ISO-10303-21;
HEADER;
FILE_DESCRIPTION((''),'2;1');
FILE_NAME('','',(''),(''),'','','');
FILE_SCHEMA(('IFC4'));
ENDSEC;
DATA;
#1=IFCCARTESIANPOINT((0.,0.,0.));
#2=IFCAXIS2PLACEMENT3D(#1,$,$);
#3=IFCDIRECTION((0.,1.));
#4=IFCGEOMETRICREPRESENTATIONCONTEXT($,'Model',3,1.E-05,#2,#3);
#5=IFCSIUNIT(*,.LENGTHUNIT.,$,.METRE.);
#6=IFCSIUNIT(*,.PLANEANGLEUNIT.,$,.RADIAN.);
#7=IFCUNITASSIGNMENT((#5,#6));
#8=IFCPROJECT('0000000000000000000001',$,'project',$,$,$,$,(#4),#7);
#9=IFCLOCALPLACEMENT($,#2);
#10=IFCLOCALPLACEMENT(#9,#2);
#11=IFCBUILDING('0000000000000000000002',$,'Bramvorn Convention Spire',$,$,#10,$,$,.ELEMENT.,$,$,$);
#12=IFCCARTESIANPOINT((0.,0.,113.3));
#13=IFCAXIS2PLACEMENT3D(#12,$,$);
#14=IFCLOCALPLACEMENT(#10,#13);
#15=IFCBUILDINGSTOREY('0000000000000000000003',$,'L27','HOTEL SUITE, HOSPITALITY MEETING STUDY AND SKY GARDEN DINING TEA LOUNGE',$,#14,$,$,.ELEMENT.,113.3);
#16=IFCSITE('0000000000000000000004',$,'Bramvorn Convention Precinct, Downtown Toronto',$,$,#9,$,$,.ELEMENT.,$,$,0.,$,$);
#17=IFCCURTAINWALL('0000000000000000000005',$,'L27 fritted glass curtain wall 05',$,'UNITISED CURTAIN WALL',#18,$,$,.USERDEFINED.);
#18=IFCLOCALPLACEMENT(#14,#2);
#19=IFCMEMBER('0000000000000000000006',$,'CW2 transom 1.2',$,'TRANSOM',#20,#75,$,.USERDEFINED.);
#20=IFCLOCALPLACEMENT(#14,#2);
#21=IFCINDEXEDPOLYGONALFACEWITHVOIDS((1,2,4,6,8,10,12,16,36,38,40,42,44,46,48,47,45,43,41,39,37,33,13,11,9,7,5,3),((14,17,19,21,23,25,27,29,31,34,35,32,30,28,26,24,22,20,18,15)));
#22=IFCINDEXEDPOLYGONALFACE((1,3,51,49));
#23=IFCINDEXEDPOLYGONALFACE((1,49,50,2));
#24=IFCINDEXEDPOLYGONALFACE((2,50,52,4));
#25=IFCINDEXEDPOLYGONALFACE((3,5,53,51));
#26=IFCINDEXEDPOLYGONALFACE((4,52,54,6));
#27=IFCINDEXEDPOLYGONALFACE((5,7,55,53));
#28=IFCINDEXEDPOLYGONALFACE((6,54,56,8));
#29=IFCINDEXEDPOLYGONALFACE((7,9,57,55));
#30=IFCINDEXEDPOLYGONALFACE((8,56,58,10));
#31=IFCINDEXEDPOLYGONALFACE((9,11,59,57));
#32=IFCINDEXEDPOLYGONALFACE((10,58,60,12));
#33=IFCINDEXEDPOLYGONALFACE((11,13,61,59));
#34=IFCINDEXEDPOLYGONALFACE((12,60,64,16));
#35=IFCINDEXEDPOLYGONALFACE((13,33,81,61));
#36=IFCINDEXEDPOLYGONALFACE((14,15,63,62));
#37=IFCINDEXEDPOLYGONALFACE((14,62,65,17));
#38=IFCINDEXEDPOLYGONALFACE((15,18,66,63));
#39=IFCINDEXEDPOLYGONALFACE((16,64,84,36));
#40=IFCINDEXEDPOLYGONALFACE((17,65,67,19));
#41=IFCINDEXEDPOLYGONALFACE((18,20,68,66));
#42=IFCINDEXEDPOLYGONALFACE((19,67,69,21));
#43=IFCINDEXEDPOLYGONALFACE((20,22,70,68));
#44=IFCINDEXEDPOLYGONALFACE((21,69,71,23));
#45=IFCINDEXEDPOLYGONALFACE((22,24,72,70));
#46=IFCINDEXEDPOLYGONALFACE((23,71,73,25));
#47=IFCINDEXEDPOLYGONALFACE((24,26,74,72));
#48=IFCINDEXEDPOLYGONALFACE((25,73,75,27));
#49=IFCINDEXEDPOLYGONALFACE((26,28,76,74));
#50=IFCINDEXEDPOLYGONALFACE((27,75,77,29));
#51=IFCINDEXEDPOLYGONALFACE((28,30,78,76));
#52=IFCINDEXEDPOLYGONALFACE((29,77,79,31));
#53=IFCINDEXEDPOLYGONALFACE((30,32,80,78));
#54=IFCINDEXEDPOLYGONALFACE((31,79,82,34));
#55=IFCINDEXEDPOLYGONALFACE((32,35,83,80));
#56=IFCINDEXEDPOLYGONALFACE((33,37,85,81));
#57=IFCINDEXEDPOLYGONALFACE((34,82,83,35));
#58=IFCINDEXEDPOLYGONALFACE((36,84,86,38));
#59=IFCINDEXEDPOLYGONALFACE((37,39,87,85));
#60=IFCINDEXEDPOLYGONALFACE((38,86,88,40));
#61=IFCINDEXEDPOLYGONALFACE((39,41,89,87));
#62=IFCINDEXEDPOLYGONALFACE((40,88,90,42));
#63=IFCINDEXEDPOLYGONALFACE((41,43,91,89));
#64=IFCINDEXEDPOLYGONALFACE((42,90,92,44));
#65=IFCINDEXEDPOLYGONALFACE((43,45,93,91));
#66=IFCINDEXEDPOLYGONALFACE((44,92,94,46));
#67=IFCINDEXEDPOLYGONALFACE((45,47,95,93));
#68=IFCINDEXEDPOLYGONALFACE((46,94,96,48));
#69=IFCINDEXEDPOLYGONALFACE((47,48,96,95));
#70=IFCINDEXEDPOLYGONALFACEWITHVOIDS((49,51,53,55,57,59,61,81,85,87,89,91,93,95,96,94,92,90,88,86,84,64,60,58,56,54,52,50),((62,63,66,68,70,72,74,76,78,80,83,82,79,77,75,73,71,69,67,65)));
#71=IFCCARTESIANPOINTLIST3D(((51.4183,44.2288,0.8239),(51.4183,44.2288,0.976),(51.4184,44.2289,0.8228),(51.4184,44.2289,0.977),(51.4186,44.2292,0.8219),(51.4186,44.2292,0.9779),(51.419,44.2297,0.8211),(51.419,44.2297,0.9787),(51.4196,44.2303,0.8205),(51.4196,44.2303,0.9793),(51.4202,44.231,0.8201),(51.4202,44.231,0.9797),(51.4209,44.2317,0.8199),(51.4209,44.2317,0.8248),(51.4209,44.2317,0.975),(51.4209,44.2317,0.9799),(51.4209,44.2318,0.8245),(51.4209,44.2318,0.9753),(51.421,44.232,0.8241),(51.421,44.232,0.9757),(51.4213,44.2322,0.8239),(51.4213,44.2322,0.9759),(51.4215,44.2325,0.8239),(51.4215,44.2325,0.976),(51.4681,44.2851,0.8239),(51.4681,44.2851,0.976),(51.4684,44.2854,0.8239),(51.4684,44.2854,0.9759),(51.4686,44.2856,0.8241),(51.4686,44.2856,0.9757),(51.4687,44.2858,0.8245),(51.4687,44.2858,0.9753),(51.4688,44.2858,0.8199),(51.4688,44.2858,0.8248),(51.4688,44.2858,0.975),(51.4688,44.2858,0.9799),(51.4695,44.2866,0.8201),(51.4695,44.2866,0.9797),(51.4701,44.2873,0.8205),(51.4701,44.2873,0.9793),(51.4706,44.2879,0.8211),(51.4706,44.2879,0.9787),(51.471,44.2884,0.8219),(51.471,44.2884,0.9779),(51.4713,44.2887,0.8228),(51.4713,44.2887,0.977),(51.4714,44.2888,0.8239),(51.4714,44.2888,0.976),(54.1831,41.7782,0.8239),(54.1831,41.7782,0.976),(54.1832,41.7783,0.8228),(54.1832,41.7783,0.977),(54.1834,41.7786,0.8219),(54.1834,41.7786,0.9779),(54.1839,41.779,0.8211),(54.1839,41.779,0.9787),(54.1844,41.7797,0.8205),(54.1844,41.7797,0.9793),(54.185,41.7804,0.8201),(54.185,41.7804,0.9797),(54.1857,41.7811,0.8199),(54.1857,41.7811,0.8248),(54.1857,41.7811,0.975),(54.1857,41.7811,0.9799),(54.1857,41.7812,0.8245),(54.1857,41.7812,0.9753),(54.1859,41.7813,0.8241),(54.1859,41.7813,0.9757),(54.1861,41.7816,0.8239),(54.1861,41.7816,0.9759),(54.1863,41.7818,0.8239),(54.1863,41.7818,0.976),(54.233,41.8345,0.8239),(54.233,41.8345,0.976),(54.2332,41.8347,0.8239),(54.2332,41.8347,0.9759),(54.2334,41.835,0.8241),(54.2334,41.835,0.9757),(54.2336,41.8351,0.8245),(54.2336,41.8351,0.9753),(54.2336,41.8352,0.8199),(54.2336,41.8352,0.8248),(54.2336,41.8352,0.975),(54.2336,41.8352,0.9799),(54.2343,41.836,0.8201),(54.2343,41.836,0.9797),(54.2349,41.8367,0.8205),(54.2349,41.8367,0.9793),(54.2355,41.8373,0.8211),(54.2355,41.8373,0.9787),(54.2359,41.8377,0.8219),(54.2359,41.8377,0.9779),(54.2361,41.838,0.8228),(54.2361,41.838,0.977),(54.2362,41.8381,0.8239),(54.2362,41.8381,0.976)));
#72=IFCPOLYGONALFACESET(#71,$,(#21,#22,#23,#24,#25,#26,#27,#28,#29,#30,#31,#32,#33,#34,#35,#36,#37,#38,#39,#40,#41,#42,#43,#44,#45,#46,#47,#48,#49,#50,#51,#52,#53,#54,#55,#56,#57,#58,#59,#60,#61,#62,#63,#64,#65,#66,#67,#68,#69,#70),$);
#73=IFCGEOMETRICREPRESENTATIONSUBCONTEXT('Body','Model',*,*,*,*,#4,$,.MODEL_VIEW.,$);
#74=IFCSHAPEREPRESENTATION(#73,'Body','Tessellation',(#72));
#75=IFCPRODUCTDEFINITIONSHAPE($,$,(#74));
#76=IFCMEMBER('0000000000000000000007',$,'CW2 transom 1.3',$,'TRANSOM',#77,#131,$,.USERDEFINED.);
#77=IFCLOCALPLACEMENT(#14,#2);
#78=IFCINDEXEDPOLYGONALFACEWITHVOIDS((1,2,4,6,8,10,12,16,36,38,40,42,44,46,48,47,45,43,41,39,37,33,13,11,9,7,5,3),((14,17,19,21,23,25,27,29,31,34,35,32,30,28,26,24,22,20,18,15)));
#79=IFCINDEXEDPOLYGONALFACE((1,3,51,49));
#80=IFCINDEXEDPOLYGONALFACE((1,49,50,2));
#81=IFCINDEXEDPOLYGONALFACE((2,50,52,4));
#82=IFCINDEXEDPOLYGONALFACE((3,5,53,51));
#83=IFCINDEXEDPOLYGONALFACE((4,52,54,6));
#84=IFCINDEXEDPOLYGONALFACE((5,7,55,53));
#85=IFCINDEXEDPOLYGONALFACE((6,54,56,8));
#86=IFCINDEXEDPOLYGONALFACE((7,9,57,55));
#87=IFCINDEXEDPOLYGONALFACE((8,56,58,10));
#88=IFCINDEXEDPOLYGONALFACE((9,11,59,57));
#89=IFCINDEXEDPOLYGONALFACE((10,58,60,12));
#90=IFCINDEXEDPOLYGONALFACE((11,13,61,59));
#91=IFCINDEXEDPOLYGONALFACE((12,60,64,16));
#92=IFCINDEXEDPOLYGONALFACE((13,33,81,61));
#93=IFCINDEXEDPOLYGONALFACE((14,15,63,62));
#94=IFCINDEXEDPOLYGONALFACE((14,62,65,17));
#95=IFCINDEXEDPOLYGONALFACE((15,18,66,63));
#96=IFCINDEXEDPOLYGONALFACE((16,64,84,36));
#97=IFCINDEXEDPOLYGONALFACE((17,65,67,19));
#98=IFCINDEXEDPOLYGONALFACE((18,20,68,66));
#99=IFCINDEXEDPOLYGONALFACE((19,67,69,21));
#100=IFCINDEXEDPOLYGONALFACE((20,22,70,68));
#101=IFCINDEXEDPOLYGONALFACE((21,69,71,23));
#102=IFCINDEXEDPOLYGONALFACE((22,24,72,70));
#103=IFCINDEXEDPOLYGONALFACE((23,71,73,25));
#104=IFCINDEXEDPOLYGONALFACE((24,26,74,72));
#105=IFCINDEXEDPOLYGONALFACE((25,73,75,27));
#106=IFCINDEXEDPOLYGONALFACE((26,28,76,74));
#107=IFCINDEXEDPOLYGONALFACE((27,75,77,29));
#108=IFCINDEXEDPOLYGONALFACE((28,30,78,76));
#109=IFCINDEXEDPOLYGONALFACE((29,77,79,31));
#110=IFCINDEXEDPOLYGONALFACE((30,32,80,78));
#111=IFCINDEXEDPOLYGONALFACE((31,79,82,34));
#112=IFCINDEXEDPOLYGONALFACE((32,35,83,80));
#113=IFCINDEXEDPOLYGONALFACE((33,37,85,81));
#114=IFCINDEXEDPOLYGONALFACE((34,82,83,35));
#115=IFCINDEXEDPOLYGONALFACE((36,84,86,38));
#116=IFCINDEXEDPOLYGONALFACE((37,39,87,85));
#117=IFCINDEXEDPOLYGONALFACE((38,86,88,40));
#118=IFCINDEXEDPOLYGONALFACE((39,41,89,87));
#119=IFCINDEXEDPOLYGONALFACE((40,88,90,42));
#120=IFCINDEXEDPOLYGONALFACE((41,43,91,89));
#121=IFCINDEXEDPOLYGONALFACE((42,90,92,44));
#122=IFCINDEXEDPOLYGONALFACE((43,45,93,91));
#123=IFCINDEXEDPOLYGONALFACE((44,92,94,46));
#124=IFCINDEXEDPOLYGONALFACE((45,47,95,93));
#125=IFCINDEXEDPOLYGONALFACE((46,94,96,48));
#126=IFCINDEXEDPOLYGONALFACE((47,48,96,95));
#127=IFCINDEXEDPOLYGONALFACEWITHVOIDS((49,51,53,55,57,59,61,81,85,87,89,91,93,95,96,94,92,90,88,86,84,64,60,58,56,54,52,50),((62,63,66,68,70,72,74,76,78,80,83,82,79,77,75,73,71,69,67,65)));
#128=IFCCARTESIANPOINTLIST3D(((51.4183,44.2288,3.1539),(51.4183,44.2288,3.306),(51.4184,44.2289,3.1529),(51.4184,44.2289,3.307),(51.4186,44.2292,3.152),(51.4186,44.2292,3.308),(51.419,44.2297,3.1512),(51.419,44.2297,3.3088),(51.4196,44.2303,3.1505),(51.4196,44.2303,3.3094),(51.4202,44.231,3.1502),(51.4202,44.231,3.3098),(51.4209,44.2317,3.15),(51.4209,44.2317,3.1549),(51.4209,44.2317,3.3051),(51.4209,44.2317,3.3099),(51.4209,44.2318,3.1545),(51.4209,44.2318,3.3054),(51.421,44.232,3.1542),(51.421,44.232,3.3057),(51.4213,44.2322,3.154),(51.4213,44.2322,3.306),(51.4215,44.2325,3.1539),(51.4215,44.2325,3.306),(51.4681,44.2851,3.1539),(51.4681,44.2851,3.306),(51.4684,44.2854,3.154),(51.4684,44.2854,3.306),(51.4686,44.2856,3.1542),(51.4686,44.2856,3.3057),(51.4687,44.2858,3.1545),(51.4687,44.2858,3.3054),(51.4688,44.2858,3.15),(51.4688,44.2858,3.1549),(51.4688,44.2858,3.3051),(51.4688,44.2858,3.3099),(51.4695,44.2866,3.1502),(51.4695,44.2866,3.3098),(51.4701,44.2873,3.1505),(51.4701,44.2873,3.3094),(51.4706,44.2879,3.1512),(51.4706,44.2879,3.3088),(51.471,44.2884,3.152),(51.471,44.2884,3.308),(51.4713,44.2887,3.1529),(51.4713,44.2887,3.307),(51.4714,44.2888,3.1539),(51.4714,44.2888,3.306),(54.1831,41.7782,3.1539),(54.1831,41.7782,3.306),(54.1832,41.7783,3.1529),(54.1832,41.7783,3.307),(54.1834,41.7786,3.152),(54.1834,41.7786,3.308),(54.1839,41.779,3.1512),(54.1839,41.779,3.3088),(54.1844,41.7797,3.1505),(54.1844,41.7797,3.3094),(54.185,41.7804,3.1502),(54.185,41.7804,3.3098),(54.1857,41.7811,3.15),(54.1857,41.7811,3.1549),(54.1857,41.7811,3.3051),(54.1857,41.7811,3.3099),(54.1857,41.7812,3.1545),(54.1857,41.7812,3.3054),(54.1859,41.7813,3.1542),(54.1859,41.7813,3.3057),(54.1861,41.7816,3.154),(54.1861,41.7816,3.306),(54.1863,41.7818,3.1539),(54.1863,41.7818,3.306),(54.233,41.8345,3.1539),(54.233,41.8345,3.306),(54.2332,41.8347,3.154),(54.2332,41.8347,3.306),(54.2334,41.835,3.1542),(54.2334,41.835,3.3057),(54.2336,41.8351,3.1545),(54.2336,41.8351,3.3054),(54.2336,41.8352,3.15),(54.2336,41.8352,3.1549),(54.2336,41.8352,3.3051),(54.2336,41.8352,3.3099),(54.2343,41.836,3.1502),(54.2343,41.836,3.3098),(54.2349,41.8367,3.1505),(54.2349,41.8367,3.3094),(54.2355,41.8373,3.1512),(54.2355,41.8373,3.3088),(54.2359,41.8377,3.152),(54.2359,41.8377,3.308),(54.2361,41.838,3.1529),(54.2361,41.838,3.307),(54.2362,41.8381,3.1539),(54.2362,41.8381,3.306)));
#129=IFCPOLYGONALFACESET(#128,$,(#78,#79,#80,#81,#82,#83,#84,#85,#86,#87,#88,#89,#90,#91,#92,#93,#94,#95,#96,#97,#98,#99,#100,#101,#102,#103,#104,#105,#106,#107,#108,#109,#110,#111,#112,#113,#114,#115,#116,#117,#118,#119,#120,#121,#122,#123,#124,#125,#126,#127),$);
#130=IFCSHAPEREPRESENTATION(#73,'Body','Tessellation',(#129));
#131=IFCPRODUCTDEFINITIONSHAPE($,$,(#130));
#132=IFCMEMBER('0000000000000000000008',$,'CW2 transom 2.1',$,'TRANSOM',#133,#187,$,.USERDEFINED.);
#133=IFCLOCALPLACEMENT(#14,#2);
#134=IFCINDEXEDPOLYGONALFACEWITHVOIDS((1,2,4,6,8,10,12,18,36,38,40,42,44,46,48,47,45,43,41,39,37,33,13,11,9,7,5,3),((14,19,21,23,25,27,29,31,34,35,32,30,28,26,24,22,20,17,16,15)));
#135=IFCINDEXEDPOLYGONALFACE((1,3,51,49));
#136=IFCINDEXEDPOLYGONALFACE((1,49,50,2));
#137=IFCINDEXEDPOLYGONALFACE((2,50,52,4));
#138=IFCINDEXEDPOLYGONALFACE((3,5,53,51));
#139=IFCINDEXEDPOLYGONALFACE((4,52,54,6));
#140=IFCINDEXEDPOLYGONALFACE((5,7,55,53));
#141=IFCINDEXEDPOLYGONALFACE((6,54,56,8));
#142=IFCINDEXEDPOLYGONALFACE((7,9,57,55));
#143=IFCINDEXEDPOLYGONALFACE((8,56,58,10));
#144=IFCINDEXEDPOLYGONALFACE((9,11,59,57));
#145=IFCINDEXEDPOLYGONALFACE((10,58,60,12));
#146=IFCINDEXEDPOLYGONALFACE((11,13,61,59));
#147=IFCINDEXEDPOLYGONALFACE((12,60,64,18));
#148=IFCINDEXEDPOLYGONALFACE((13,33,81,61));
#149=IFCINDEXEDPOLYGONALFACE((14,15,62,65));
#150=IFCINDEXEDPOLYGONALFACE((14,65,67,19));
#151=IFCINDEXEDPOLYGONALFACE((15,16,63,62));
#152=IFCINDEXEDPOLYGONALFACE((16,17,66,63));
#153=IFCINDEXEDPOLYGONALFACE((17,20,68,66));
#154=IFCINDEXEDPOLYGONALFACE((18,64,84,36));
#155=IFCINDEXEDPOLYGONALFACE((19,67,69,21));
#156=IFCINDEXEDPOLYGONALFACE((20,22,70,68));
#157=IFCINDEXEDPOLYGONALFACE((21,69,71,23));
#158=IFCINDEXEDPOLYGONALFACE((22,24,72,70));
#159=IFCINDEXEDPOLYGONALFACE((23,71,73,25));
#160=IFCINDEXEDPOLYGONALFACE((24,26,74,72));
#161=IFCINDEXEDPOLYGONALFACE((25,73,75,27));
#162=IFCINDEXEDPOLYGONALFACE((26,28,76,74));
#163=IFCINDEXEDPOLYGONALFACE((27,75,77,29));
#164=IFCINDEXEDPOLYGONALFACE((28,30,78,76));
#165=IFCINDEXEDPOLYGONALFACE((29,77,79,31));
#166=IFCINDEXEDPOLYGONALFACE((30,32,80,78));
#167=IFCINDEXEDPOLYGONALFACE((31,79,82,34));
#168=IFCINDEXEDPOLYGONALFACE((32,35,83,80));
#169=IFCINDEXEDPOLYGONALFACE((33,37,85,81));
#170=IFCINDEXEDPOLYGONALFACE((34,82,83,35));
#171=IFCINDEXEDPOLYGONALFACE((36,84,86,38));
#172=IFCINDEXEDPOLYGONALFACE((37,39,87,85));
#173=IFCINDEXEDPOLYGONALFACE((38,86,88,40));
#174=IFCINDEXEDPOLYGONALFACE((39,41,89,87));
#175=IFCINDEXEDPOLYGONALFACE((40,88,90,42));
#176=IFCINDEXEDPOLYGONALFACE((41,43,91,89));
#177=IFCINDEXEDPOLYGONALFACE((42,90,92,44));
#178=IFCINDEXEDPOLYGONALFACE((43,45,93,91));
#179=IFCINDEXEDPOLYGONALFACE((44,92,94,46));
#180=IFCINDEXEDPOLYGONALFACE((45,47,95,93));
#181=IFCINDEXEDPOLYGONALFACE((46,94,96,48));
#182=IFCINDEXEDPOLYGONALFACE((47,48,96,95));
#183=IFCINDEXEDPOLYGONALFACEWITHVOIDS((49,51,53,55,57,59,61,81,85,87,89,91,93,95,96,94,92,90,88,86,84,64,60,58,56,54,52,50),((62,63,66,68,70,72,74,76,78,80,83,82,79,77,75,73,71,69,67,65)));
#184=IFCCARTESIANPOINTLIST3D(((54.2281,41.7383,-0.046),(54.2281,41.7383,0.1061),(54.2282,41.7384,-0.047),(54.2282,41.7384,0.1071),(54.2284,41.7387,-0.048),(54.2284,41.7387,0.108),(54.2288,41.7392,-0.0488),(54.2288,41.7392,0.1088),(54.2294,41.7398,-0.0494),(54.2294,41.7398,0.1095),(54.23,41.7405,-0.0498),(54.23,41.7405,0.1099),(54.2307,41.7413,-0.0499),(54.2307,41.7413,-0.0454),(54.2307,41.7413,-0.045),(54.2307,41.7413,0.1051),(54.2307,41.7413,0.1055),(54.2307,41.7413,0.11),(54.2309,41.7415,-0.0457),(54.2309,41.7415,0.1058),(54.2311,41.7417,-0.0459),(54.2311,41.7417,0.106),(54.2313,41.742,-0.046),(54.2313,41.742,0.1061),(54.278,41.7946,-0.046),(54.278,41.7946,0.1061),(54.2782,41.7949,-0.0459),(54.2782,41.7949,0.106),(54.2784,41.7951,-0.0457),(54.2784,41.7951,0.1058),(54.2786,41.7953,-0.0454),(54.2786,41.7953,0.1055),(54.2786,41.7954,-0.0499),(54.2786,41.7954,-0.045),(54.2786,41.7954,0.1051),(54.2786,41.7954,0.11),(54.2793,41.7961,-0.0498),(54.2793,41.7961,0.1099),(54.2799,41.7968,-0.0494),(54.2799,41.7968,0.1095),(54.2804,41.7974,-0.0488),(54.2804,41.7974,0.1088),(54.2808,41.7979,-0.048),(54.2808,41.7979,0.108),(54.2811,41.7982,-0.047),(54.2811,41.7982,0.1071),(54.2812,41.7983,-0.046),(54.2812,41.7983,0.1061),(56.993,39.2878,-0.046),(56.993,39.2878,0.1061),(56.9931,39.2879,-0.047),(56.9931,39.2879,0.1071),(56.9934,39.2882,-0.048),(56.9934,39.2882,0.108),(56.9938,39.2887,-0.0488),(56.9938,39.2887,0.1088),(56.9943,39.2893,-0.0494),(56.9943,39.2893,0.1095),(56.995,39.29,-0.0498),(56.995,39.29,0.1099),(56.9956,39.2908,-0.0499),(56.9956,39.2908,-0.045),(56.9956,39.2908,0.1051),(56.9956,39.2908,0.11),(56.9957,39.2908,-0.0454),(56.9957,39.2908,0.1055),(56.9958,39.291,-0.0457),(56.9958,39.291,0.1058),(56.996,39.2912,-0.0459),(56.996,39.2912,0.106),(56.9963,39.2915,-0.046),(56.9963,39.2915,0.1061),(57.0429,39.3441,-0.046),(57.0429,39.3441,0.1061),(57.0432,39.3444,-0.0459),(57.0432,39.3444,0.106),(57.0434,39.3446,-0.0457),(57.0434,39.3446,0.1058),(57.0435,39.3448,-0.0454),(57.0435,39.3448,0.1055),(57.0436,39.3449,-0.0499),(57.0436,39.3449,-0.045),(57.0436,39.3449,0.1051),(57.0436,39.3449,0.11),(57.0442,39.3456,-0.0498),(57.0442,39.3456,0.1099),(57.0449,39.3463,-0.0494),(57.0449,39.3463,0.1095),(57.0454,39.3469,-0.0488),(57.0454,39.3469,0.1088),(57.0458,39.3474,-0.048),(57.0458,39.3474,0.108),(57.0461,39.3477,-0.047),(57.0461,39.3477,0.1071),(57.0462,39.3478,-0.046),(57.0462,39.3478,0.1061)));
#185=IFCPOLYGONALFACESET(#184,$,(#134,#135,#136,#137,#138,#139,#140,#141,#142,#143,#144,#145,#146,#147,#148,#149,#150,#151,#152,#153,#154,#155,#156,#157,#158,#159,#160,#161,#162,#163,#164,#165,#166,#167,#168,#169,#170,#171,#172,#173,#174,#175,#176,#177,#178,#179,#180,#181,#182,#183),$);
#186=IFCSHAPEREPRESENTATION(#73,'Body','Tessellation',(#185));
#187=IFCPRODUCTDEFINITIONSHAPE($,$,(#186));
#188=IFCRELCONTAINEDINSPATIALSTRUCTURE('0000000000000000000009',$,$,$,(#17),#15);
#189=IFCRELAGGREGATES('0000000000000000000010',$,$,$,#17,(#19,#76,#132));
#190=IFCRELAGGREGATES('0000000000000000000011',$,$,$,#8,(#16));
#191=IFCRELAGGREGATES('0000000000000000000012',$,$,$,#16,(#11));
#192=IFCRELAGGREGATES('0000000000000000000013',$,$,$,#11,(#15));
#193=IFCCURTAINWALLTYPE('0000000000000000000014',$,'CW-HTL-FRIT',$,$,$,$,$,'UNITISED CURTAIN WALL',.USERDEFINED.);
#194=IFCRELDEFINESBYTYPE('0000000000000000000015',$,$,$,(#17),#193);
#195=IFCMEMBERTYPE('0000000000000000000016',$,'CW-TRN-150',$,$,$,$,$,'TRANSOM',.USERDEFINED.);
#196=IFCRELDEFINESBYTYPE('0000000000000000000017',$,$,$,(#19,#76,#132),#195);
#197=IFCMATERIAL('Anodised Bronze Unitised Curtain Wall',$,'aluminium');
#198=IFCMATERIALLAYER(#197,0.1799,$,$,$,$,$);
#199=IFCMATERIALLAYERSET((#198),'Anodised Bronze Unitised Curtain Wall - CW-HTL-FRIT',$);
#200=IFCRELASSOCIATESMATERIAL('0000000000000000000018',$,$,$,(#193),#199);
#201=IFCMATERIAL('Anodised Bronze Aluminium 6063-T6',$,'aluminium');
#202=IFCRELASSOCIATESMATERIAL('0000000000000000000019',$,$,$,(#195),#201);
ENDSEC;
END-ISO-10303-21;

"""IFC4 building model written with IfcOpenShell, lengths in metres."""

from ifc_helpers import new_model, si_unit, direction, frame, origin, origin_2d, place, context, subcontext, project, spatial, hollow_rectangle, extrude, material, layer, layer_set, material_profile, profile_set, type_object, element, aggregate, save


model = new_model("IFC4")

# Units and contexts
model_context = context("Model", 3, precision=1e-05, world=origin(), true_north=direction((0.0, 1.0)))
body_context = subcontext(model_context, "Body", "Model", "MODEL_VIEW")
ifc_project = project(units=[si_unit("LENGTHUNIT", "METRE"), si_unit("PLANEANGLEUNIT", "RADIAN")], contexts=[model_context])

# Site, building, storey
site_placement = place(None, origin())
site = spatial("IfcSite", under=ifc_project, at=site_placement, Name="Bramvorn Convention Precinct, Downtown Toronto", CompositionType="ELEMENT", RefElevation=0.0)
building_placement = place(site_placement, origin())
building = spatial("IfcBuilding", under=site, at=building_placement, Name="Bramvorn Convention Spire", CompositionType="ELEMENT")
storey_placement = place(building_placement, frame((0.0, 0.0, 113.3)))
storey = spatial("IfcBuildingStorey", under=building, at=storey_placement, Name="L27", Description="HOTEL SUITE, HOSPITALITY MEETING STUDY AND SKY GARDEN DINING TEA LOUNGE", CompositionType="ELEMENT", Elevation=113.3)

# Curtain wall
ifc_material_1 = material(Name="Anodised Bronze Unitised Curtain Wall", Category="aluminium")
ifc_layer_1 = layer(ifc_material_1, 0.1799)
ifc_layer_set_1 = layer_set([ifc_layer_1], Name="Anodised Bronze Unitised Curtain Wall - CW-HTL-FRIT")
curtain_wall_type_1 = type_object("IfcCurtainWallType", Name="CW-HTL-FRIT", ElementType="UNITISED CURTAIN WALL", PredefinedType="USERDEFINED", material=ifc_layer_set_1)
curtain_wall_1_placement = place(storey_placement, origin())
curtain_wall_1 = element("IfcCurtainWall", 1, at=curtain_wall_1_placement, inside=storey, type_object=curtain_wall_type_1, Name="L27 fritted glass curtain wall 05", ObjectType="UNITISED CURTAIN WALL", PredefinedType="USERDEFINED")
ifc_material_2 = material(Name="Anodised Bronze Aluminium 6063-T6", Category="aluminium")

# Members
ifc_material_profile_1 = material_profile(ifc_material_2, hollow_rectangle(XDim=0.0801, YDim=0.1599, WallThickness=0.0039, InnerFilletRadius=0.001, OuterFilletRadius=0.0039, at=origin_2d()))
ifc_profile_set_1 = profile_set([ifc_material_profile_1], Name="Anodised Bronze Aluminium 6063-T6 - CWT80X160")
member_type_1 = type_object("IfcMemberType", Name="CW-TRN-150", ElementType="TRANSOM", PredefinedType="USERDEFINED", material=ifc_profile_set_1)
member_1_placement = place(storey_placement, frame((51.4448, 44.2588, 0.8999), z_axis=(0.748349, -0.663305, 0.0), x_axis=(0.663305, 0.748349, 0.0)))
member_1 = element("IfcMember", 2, at=member_1_placement, type_object=member_type_1, Name="CW2 transom 1.2", ObjectType="TRANSOM", PredefinedType="USERDEFINED", context=body_context, shape_type="SweptSolid", body=[
    extrude(hollow_rectangle(XDim=0.0801, YDim=0.1599, WallThickness=0.0039, InnerFilletRadius=0.001, OuterFilletRadius=0.0039, at=origin_2d()), origin(), (0.0, 0.0, 1.0), 3.6946),
])
member_2_placement = place(storey_placement, frame((51.4448, 44.2588, 3.23), z_axis=(0.748349, -0.663305, 0.0), x_axis=(0.663305, 0.748349, 0.0)))
member_2 = element("IfcMember", 3, at=member_2_placement, type_object=member_type_1, Name="CW2 transom 1.3", ObjectType="TRANSOM", PredefinedType="USERDEFINED", context=body_context, shape_type="SweptSolid", body=[
    extrude(hollow_rectangle(XDim=0.0801, YDim=0.1599, WallThickness=0.0039, InnerFilletRadius=0.001, OuterFilletRadius=0.0039, at=origin_2d()), origin(), (0.0, 0.0, 1.0), 3.6946),
])
member_3_placement = place(storey_placement, frame((54.2546, 41.7683, 0.03), z_axis=(0.748382, -0.663268, 0.0), x_axis=(0.663268, 0.748382, 0.0)))
member_3 = element("IfcMember", 4, at=member_3_placement, type_object=member_type_1, Name="CW2 transom 2.1", ObjectType="TRANSOM", PredefinedType="USERDEFINED", context=body_context, shape_type="SweptSolid", body=[
    extrude(hollow_rectangle(XDim=0.0801, YDim=0.1599, WallThickness=0.0039, InnerFilletRadius=0.001, OuterFilletRadius=0.0039, at=origin_2d()), origin(), (0.0, 0.0, 1.0), 3.6946),
])

aggregate(curtain_wall_1, [member_1, member_2, member_3])

save(model, "model.ifc")
